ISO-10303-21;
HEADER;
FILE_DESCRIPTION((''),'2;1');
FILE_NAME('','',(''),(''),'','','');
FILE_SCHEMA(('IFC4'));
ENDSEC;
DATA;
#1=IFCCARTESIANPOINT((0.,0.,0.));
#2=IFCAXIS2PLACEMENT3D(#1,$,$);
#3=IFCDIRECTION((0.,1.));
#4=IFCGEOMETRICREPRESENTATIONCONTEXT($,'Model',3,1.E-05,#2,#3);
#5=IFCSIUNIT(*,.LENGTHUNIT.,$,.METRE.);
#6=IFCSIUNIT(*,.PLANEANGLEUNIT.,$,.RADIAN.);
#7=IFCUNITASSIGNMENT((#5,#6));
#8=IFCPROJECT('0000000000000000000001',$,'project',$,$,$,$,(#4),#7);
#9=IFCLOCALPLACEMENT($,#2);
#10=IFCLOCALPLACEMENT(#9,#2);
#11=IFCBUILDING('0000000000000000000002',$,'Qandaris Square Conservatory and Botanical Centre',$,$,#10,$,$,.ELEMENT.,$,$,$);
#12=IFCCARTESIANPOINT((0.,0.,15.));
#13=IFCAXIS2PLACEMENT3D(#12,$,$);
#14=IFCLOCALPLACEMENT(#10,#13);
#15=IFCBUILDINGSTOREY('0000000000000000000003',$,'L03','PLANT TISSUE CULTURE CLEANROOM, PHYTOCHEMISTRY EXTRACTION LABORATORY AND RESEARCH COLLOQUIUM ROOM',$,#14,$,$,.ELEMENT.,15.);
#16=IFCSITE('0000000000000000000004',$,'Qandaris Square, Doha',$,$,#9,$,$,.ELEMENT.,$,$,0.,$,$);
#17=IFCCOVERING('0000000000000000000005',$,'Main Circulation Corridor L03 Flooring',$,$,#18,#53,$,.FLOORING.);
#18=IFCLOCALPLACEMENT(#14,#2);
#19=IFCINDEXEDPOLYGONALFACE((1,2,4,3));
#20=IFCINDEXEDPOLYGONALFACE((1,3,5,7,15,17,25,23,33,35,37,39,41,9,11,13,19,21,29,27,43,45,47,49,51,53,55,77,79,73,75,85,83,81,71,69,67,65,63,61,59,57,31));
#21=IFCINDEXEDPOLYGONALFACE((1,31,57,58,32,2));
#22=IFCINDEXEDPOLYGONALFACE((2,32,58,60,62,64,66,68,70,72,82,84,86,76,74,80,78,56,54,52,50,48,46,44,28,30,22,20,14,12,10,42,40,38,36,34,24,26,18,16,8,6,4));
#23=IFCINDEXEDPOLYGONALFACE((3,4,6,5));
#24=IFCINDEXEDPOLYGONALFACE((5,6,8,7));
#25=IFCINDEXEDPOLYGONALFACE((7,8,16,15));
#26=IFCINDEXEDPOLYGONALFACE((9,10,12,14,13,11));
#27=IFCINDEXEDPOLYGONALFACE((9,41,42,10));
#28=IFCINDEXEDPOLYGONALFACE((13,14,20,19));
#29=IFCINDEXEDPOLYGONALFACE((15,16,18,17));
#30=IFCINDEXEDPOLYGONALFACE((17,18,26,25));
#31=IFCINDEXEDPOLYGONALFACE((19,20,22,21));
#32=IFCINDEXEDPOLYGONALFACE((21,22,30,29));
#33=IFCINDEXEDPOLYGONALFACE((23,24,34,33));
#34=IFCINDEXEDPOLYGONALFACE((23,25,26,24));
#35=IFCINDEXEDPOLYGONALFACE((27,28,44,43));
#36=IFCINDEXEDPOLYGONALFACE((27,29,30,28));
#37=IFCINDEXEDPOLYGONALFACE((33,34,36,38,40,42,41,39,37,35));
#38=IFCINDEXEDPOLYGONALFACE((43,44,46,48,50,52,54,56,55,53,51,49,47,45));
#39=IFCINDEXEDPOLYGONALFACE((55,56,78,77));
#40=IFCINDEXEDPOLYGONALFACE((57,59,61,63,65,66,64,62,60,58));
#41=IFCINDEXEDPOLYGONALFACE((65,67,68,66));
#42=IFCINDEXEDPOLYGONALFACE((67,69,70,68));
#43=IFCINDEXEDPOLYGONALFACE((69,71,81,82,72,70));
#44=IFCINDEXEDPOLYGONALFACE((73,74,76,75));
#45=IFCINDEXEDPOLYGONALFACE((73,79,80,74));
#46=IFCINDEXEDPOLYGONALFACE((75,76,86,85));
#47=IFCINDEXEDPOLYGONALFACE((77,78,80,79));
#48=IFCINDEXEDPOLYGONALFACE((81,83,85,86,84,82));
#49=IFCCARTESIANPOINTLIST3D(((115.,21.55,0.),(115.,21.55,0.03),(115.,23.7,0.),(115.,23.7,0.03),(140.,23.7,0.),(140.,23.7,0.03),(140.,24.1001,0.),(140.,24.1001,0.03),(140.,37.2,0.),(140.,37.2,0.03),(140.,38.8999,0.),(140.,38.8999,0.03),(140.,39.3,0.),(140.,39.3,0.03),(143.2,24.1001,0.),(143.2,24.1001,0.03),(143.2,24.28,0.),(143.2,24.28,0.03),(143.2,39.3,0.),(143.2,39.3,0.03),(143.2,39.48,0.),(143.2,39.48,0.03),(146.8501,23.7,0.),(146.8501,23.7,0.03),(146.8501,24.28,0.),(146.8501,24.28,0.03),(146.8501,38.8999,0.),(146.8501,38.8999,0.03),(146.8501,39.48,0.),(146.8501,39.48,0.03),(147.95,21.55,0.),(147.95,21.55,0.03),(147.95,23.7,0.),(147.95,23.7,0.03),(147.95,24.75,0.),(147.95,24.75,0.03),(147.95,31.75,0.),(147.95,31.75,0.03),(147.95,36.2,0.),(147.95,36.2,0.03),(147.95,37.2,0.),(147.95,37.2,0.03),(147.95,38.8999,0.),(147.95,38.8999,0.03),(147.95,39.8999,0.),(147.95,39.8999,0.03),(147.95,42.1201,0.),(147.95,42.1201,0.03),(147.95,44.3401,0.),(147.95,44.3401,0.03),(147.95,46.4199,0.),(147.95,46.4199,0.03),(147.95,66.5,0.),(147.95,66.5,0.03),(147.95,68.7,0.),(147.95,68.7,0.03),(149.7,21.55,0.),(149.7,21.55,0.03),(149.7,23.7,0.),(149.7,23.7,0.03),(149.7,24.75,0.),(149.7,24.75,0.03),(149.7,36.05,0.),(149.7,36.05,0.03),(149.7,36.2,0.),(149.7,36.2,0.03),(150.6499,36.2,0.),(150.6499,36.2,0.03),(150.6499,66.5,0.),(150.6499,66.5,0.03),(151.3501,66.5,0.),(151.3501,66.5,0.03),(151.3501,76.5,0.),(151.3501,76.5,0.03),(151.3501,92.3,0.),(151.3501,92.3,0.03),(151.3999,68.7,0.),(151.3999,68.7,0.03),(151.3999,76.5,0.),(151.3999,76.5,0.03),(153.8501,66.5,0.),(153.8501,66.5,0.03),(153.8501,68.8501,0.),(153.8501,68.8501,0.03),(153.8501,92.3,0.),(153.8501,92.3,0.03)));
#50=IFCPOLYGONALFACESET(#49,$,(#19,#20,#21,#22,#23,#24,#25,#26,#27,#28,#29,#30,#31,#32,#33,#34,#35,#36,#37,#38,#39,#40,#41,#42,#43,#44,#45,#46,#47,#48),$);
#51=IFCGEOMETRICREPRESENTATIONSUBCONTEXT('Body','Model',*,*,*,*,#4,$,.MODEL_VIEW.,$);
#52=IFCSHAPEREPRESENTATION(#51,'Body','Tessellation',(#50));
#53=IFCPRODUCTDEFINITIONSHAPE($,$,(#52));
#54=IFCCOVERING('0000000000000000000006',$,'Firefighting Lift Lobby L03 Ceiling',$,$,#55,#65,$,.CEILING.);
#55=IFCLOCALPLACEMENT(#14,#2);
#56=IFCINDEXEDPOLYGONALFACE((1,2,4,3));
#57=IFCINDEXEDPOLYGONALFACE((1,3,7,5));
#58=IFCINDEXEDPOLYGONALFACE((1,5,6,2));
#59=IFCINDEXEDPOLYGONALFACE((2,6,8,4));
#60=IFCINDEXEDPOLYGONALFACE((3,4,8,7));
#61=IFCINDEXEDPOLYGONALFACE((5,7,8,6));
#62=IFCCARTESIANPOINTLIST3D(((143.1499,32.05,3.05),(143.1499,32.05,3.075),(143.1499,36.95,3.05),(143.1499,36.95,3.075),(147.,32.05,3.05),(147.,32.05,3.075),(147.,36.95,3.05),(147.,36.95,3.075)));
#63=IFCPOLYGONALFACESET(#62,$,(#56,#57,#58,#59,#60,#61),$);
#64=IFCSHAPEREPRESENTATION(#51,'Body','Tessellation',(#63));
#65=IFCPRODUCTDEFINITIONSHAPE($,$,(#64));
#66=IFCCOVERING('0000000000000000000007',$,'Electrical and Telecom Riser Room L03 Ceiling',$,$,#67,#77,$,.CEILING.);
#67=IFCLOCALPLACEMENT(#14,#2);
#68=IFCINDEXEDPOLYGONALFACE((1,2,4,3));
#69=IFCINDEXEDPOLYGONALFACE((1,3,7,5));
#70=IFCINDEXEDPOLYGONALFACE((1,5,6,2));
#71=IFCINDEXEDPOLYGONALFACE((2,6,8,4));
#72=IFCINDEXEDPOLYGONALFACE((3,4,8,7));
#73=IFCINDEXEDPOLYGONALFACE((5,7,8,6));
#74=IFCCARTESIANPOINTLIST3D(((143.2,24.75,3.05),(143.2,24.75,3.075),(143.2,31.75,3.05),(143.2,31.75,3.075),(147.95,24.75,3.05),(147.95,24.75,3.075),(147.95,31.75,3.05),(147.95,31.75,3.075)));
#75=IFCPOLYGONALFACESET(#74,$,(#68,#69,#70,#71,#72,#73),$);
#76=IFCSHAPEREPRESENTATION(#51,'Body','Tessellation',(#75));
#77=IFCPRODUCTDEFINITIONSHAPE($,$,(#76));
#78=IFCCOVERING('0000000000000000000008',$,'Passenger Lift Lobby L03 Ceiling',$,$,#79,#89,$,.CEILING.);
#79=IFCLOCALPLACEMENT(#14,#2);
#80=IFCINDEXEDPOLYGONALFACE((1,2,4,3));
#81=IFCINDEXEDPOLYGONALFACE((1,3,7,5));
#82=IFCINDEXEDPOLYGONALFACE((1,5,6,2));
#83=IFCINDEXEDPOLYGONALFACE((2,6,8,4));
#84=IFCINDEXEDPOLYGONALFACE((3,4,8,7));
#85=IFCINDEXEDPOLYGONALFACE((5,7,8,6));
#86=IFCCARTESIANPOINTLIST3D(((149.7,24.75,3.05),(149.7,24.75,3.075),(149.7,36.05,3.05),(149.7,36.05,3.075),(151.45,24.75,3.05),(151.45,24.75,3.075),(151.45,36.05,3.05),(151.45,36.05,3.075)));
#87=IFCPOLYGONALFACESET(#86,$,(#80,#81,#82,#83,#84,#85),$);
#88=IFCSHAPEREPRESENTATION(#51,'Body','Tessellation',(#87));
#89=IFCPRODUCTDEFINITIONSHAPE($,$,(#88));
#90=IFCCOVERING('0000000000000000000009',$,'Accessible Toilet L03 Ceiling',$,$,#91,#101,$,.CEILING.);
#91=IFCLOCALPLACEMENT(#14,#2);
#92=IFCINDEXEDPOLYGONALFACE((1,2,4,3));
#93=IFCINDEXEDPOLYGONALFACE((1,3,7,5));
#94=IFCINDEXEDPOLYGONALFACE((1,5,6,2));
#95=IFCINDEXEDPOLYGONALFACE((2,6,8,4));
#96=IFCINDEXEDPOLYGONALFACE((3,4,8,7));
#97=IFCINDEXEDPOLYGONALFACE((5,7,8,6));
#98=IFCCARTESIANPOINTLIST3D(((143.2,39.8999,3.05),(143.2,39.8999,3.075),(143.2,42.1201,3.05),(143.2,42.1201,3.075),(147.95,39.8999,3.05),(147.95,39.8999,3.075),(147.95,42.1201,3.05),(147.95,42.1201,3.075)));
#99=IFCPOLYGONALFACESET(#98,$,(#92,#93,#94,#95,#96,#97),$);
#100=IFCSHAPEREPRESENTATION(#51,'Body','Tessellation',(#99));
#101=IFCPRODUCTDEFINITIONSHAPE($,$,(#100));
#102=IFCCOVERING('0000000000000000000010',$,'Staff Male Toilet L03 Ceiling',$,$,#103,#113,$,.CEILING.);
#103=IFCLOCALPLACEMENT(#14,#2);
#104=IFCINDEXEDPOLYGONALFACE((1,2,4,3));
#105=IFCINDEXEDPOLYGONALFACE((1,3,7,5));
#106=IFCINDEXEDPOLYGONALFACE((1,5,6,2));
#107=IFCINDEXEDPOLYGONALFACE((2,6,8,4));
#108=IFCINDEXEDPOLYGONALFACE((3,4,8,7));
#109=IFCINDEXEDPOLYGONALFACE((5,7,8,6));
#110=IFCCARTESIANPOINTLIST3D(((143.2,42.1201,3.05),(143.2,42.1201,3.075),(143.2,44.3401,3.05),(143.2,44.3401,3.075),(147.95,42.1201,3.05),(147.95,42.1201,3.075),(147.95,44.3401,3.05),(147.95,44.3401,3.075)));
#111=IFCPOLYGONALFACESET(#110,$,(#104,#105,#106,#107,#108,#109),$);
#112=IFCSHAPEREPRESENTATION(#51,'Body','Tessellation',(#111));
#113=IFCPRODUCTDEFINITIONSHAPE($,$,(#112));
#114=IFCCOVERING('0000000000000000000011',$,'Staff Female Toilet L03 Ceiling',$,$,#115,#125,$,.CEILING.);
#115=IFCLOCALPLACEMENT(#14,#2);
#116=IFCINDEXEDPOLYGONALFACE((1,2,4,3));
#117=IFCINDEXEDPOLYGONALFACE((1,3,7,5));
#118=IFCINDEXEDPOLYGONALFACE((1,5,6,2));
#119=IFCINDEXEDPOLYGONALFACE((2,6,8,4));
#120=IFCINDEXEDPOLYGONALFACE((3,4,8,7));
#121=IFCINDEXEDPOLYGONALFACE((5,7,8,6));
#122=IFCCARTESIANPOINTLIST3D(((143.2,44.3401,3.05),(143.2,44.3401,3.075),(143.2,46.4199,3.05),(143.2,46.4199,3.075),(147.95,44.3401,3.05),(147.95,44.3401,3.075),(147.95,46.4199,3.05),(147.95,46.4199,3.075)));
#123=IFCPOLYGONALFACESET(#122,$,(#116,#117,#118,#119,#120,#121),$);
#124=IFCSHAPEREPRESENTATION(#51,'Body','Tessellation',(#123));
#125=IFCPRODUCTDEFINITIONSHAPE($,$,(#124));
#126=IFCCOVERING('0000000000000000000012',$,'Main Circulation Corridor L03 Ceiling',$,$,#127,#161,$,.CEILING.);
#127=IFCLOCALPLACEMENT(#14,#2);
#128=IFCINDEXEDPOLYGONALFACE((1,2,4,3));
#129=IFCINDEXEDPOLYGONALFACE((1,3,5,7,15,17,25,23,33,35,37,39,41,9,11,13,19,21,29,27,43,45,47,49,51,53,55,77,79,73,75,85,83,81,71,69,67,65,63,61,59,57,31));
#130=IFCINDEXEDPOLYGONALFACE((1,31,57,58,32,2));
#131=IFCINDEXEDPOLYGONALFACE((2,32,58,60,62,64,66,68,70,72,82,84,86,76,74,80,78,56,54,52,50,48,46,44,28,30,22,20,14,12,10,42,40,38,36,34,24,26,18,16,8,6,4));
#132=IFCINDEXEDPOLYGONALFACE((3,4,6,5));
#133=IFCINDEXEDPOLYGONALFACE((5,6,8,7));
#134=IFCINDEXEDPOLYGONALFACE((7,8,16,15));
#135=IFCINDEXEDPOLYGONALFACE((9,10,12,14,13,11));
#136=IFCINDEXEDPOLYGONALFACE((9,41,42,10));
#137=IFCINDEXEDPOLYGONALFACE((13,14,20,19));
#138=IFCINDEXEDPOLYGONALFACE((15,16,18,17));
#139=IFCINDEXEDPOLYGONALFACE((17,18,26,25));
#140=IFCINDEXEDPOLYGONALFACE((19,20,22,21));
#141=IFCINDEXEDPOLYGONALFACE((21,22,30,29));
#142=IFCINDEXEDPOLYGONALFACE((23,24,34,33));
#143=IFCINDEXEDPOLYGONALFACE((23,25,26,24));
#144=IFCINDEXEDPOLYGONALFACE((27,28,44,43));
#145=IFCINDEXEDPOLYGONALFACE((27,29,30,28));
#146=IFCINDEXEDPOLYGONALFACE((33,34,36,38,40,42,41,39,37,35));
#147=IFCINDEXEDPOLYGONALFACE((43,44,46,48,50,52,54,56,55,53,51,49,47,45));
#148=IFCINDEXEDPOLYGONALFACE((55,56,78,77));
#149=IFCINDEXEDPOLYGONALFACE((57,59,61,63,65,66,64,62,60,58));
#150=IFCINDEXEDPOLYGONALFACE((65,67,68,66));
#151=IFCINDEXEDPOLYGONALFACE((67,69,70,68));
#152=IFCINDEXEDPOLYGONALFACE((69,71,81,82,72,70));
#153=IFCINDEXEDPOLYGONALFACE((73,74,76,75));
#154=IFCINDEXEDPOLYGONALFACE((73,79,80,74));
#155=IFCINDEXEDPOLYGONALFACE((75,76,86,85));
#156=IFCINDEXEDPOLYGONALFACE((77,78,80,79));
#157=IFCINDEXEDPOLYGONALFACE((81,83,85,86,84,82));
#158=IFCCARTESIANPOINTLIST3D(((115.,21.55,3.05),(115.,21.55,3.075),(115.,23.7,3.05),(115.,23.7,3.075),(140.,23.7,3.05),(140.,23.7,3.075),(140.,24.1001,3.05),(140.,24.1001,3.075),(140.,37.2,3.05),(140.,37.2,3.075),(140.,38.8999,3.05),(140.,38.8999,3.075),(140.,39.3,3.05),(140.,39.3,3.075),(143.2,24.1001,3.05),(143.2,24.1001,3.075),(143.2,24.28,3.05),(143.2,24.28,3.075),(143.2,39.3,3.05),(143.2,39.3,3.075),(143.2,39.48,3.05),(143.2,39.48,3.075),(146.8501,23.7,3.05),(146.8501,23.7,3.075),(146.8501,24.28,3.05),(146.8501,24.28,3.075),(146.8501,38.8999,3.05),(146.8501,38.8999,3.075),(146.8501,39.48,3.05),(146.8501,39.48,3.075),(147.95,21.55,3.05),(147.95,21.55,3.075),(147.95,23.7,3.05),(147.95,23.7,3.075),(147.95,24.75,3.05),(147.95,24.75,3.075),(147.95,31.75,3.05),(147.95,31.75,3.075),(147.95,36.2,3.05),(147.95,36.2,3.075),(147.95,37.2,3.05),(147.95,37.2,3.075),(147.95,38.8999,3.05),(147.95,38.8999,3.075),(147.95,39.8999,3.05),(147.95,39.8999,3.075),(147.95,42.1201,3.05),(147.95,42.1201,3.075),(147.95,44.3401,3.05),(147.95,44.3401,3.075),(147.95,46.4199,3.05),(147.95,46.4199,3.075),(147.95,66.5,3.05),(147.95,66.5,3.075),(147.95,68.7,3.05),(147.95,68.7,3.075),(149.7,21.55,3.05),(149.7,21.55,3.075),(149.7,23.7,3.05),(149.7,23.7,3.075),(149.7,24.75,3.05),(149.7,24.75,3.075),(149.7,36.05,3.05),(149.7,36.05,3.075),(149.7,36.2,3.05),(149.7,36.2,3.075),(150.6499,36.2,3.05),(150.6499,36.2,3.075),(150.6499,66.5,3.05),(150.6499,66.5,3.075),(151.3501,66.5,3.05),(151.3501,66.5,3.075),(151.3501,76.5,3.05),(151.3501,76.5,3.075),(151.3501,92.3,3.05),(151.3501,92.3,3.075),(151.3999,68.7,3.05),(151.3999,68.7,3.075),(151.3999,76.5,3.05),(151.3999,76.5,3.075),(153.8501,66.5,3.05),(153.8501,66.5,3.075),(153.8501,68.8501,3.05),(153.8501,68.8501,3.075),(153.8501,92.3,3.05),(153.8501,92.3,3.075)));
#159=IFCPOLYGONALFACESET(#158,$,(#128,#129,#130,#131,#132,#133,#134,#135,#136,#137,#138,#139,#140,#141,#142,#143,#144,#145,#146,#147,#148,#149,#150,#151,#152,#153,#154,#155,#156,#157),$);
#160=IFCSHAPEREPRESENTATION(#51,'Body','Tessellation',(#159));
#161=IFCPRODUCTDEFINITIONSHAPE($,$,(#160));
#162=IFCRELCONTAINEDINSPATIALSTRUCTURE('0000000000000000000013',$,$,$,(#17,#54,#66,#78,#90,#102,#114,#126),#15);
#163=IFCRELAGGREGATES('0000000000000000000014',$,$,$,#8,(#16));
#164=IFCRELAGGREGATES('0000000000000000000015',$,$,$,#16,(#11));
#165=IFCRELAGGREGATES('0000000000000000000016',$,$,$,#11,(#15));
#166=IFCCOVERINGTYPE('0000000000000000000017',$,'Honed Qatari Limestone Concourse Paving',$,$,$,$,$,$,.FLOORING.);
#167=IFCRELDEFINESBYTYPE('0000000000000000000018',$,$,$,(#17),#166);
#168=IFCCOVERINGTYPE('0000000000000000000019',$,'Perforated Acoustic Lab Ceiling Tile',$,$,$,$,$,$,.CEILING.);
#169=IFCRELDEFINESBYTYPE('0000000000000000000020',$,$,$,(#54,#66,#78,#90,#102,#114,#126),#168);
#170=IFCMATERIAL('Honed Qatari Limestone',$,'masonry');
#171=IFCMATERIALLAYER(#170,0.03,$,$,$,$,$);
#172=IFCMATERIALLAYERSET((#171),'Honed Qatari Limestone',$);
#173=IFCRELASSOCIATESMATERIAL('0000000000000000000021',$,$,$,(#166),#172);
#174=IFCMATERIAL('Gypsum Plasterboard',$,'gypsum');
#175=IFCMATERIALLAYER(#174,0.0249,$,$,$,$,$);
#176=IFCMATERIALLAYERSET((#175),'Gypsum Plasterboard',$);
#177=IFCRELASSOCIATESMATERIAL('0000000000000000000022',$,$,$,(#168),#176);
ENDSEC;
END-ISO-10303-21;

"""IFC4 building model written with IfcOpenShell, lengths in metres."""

from ifc_helpers import new_model, si_unit, direction, frame, origin, place, context, subcontext, project, spatial, polyline, outline, extrude, material, layer, layer_set, type_object, element, save


model = new_model("IFC4")

# Units and contexts
model_context = context("Model", 3, precision=1e-05, world=origin(), true_north=direction((0.0, 1.0)))
body_context = subcontext(model_context, "Body", "Model", "MODEL_VIEW")
ifc_project = project(units=[si_unit("LENGTHUNIT", "METRE"), si_unit("PLANEANGLEUNIT", "RADIAN")], contexts=[model_context])

# Site, building, storey
site_placement = place(None, origin())
site = spatial("IfcSite", under=ifc_project, at=site_placement, Name="Qandaris Square, Doha", CompositionType="ELEMENT", RefElevation=0.0)
building_placement = place(site_placement, origin())
building = spatial("IfcBuilding", under=site, at=building_placement, Name="Qandaris Square Conservatory and Botanical Centre", CompositionType="ELEMENT")
storey_placement = place(building_placement, frame((0.0, 0.0, 15.0)))
storey = spatial("IfcBuildingStorey", under=building, at=storey_placement, Name="L03", Description="PLANT TISSUE CULTURE CLEANROOM, PHYTOCHEMISTRY EXTRACTION LABORATORY AND RESEARCH COLLOQUIUM ROOM", CompositionType="ELEMENT", Elevation=15.0)

# Coverings
ifc_material_1 = material(Name="Honed Qatari Limestone", Category="masonry")
ifc_layer_1 = layer(ifc_material_1, 0.03)
ifc_layer_set_1 = layer_set([ifc_layer_1], Name="Honed Qatari Limestone")
covering_type_1 = type_object("IfcCoveringType", Name="Honed Qatari Limestone Concourse Paving", PredefinedType="FLOORING", material=ifc_layer_set_1)
covering_1_placement = place(storey_placement, origin())
element("IfcCovering", 1, at=covering_1_placement, inside=storey, type_object=covering_type_1, Name="Main Circulation Corridor L03 Flooring", PredefinedType="FLOORING", context=body_context, shape_type="SweptSolid", body=[
    extrude(outline(polyline([(140.0, 24.1001), (143.2, 24.1001), (143.2, 24.28), (146.8501, 24.28), (146.8501, 23.7), (147.95, 23.7), (147.95, 24.75), (147.95, 31.75), (147.95, 36.2), (147.95, 37.2), (140.0, 37.2), (140.0, 38.8999), (140.0, 39.3), (143.2, 39.3), (143.2, 39.48), (146.8501, 39.48), (146.8501, 38.8999), (147.95, 38.8999), (147.95, 39.8999), (147.95, 42.1201), (147.95, 44.3401), (147.95, 46.4199), (147.95, 66.5), (147.95, 68.7), (151.3999, 68.7), (151.3999, 76.5), (151.3501, 76.5), (151.3501, 92.3), (153.8501, 92.3), (153.8501, 68.8501), (153.8501, 66.5), (151.3501, 66.5), (150.6499, 66.5), (150.6499, 36.2), (149.7, 36.2), (149.7, 36.05), (149.7, 24.75), (149.7, 23.7), (149.7, 21.55), (147.95, 21.55), (115.0, 21.55), (115.0, 23.7), (140.0, 23.7), (140.0, 24.1001)])), origin(), (0.0, 0.0, 1.0), 0.03),
])
ifc_material_2 = material(Name="Gypsum Plasterboard", Category="gypsum")
ifc_layer_2 = layer(ifc_material_2, 0.0249)
ifc_layer_set_2 = layer_set([ifc_layer_2], Name="Gypsum Plasterboard")
covering_type_2 = type_object("IfcCoveringType", Name="Perforated Acoustic Lab Ceiling Tile", PredefinedType="CEILING", material=ifc_layer_set_2)
covering_2_placement = place(storey_placement, frame((0.0, 0.0, 3.05)))
element("IfcCovering", 2, at=covering_2_placement, inside=storey, type_object=covering_type_2, Name="Firefighting Lift Lobby L03 Ceiling", PredefinedType="CEILING", context=body_context, shape_type="SweptSolid", body=[
    extrude(outline(polyline([(143.1499, 36.95), (147.0, 36.95), (147.0, 32.05), (143.1499, 32.05), (143.1499, 36.95)])), origin(), (0.0, 0.0, 1.0), 0.0249),
])
covering_3_placement = place(storey_placement, frame((0.0, 0.0, 3.05)))
element("IfcCovering", 3, at=covering_3_placement, inside=storey, type_object=covering_type_2, Name="Electrical and Telecom Riser Room L03 Ceiling", PredefinedType="CEILING", context=body_context, shape_type="SweptSolid", body=[
    extrude(outline(polyline([(147.95, 31.75), (147.95, 24.75), (143.2, 24.75), (143.2, 31.75), (147.95, 31.75)])), origin(), (0.0, 0.0, 1.0), 0.0249),
])
covering_4_placement = place(storey_placement, frame((0.0, 0.0, 3.05)))
element("IfcCovering", 4, at=covering_4_placement, inside=storey, type_object=covering_type_2, Name="Passenger Lift Lobby L03 Ceiling", PredefinedType="CEILING", context=body_context, shape_type="SweptSolid", body=[
    extrude(outline(polyline([(149.7, 36.05), (151.45, 36.05), (151.45, 24.75), (149.7, 24.75), (149.7, 36.05)])), origin(), (0.0, 0.0, 1.0), 0.0249),
])
covering_5_placement = place(storey_placement, frame((0.0, 0.0, 3.05)))
element("IfcCovering", 5, at=covering_5_placement, inside=storey, type_object=covering_type_2, Name="Accessible Toilet L03 Ceiling", PredefinedType="CEILING", context=body_context, shape_type="SweptSolid", body=[
    extrude(outline(polyline([(147.95, 42.1201), (147.95, 39.8999), (143.2, 39.8999), (143.2, 42.1201), (147.95, 42.1201)])), origin(), (0.0, 0.0, 1.0), 0.0249),
])
covering_6_placement = place(storey_placement, frame((0.0, 0.0, 3.05)))
element("IfcCovering", 6, at=covering_6_placement, inside=storey, type_object=covering_type_2, Name="Staff Male Toilet L03 Ceiling", PredefinedType="CEILING", context=body_context, shape_type="SweptSolid", body=[
    extrude(outline(polyline([(147.95, 44.3401), (147.95, 42.1201), (143.2, 42.1201), (143.2, 44.3401), (147.95, 44.3401)])), origin(), (0.0, 0.0, 1.0), 0.0249),
])
covering_7_placement = place(storey_placement, frame((0.0, 0.0, 3.05)))
element("IfcCovering", 7, at=covering_7_placement, inside=storey, type_object=covering_type_2, Name="Staff Female Toilet L03 Ceiling", PredefinedType="CEILING", context=body_context, shape_type="SweptSolid", body=[
    extrude(outline(polyline([(147.95, 46.4199), (147.95, 44.3401), (143.2, 44.3401), (143.2, 46.4199), (147.95, 46.4199)])), origin(), (0.0, 0.0, 1.0), 0.0249),
])
covering_8_placement = place(storey_placement, frame((0.0, 0.0, 3.05)))
element("IfcCovering", 8, at=covering_8_placement, inside=storey, type_object=covering_type_2, Name="Main Circulation Corridor L03 Ceiling", PredefinedType="CEILING", context=body_context, shape_type="SweptSolid", body=[
    extrude(outline(polyline([(140.0, 24.1001), (143.2, 24.1001), (143.2, 24.28), (146.8501, 24.28), (146.8501, 23.7), (147.95, 23.7), (147.95, 24.75), (147.95, 31.75), (147.95, 36.2), (147.95, 37.2), (140.0, 37.2), (140.0, 38.8999), (140.0, 39.3), (143.2, 39.3), (143.2, 39.48), (146.8501, 39.48), (146.8501, 38.8999), (147.95, 38.8999), (147.95, 39.8999), (147.95, 42.1201), (147.95, 44.3401), (147.95, 46.4199), (147.95, 66.5), (147.95, 68.7), (151.3999, 68.7), (151.3999, 76.5), (151.3501, 76.5), (151.3501, 92.3), (153.8501, 92.3), (153.8501, 68.8501), (153.8501, 66.5), (151.3501, 66.5), (150.6499, 66.5), (150.6499, 36.2), (149.7, 36.2), (149.7, 36.05), (149.7, 24.75), (149.7, 23.7), (149.7, 21.55), (147.95, 21.55), (115.0, 21.55), (115.0, 23.7), (140.0, 23.7), (140.0, 24.1001)])), origin(), (0.0, 0.0, 1.0), 0.0249),
])

save(model, "model.ifc")
